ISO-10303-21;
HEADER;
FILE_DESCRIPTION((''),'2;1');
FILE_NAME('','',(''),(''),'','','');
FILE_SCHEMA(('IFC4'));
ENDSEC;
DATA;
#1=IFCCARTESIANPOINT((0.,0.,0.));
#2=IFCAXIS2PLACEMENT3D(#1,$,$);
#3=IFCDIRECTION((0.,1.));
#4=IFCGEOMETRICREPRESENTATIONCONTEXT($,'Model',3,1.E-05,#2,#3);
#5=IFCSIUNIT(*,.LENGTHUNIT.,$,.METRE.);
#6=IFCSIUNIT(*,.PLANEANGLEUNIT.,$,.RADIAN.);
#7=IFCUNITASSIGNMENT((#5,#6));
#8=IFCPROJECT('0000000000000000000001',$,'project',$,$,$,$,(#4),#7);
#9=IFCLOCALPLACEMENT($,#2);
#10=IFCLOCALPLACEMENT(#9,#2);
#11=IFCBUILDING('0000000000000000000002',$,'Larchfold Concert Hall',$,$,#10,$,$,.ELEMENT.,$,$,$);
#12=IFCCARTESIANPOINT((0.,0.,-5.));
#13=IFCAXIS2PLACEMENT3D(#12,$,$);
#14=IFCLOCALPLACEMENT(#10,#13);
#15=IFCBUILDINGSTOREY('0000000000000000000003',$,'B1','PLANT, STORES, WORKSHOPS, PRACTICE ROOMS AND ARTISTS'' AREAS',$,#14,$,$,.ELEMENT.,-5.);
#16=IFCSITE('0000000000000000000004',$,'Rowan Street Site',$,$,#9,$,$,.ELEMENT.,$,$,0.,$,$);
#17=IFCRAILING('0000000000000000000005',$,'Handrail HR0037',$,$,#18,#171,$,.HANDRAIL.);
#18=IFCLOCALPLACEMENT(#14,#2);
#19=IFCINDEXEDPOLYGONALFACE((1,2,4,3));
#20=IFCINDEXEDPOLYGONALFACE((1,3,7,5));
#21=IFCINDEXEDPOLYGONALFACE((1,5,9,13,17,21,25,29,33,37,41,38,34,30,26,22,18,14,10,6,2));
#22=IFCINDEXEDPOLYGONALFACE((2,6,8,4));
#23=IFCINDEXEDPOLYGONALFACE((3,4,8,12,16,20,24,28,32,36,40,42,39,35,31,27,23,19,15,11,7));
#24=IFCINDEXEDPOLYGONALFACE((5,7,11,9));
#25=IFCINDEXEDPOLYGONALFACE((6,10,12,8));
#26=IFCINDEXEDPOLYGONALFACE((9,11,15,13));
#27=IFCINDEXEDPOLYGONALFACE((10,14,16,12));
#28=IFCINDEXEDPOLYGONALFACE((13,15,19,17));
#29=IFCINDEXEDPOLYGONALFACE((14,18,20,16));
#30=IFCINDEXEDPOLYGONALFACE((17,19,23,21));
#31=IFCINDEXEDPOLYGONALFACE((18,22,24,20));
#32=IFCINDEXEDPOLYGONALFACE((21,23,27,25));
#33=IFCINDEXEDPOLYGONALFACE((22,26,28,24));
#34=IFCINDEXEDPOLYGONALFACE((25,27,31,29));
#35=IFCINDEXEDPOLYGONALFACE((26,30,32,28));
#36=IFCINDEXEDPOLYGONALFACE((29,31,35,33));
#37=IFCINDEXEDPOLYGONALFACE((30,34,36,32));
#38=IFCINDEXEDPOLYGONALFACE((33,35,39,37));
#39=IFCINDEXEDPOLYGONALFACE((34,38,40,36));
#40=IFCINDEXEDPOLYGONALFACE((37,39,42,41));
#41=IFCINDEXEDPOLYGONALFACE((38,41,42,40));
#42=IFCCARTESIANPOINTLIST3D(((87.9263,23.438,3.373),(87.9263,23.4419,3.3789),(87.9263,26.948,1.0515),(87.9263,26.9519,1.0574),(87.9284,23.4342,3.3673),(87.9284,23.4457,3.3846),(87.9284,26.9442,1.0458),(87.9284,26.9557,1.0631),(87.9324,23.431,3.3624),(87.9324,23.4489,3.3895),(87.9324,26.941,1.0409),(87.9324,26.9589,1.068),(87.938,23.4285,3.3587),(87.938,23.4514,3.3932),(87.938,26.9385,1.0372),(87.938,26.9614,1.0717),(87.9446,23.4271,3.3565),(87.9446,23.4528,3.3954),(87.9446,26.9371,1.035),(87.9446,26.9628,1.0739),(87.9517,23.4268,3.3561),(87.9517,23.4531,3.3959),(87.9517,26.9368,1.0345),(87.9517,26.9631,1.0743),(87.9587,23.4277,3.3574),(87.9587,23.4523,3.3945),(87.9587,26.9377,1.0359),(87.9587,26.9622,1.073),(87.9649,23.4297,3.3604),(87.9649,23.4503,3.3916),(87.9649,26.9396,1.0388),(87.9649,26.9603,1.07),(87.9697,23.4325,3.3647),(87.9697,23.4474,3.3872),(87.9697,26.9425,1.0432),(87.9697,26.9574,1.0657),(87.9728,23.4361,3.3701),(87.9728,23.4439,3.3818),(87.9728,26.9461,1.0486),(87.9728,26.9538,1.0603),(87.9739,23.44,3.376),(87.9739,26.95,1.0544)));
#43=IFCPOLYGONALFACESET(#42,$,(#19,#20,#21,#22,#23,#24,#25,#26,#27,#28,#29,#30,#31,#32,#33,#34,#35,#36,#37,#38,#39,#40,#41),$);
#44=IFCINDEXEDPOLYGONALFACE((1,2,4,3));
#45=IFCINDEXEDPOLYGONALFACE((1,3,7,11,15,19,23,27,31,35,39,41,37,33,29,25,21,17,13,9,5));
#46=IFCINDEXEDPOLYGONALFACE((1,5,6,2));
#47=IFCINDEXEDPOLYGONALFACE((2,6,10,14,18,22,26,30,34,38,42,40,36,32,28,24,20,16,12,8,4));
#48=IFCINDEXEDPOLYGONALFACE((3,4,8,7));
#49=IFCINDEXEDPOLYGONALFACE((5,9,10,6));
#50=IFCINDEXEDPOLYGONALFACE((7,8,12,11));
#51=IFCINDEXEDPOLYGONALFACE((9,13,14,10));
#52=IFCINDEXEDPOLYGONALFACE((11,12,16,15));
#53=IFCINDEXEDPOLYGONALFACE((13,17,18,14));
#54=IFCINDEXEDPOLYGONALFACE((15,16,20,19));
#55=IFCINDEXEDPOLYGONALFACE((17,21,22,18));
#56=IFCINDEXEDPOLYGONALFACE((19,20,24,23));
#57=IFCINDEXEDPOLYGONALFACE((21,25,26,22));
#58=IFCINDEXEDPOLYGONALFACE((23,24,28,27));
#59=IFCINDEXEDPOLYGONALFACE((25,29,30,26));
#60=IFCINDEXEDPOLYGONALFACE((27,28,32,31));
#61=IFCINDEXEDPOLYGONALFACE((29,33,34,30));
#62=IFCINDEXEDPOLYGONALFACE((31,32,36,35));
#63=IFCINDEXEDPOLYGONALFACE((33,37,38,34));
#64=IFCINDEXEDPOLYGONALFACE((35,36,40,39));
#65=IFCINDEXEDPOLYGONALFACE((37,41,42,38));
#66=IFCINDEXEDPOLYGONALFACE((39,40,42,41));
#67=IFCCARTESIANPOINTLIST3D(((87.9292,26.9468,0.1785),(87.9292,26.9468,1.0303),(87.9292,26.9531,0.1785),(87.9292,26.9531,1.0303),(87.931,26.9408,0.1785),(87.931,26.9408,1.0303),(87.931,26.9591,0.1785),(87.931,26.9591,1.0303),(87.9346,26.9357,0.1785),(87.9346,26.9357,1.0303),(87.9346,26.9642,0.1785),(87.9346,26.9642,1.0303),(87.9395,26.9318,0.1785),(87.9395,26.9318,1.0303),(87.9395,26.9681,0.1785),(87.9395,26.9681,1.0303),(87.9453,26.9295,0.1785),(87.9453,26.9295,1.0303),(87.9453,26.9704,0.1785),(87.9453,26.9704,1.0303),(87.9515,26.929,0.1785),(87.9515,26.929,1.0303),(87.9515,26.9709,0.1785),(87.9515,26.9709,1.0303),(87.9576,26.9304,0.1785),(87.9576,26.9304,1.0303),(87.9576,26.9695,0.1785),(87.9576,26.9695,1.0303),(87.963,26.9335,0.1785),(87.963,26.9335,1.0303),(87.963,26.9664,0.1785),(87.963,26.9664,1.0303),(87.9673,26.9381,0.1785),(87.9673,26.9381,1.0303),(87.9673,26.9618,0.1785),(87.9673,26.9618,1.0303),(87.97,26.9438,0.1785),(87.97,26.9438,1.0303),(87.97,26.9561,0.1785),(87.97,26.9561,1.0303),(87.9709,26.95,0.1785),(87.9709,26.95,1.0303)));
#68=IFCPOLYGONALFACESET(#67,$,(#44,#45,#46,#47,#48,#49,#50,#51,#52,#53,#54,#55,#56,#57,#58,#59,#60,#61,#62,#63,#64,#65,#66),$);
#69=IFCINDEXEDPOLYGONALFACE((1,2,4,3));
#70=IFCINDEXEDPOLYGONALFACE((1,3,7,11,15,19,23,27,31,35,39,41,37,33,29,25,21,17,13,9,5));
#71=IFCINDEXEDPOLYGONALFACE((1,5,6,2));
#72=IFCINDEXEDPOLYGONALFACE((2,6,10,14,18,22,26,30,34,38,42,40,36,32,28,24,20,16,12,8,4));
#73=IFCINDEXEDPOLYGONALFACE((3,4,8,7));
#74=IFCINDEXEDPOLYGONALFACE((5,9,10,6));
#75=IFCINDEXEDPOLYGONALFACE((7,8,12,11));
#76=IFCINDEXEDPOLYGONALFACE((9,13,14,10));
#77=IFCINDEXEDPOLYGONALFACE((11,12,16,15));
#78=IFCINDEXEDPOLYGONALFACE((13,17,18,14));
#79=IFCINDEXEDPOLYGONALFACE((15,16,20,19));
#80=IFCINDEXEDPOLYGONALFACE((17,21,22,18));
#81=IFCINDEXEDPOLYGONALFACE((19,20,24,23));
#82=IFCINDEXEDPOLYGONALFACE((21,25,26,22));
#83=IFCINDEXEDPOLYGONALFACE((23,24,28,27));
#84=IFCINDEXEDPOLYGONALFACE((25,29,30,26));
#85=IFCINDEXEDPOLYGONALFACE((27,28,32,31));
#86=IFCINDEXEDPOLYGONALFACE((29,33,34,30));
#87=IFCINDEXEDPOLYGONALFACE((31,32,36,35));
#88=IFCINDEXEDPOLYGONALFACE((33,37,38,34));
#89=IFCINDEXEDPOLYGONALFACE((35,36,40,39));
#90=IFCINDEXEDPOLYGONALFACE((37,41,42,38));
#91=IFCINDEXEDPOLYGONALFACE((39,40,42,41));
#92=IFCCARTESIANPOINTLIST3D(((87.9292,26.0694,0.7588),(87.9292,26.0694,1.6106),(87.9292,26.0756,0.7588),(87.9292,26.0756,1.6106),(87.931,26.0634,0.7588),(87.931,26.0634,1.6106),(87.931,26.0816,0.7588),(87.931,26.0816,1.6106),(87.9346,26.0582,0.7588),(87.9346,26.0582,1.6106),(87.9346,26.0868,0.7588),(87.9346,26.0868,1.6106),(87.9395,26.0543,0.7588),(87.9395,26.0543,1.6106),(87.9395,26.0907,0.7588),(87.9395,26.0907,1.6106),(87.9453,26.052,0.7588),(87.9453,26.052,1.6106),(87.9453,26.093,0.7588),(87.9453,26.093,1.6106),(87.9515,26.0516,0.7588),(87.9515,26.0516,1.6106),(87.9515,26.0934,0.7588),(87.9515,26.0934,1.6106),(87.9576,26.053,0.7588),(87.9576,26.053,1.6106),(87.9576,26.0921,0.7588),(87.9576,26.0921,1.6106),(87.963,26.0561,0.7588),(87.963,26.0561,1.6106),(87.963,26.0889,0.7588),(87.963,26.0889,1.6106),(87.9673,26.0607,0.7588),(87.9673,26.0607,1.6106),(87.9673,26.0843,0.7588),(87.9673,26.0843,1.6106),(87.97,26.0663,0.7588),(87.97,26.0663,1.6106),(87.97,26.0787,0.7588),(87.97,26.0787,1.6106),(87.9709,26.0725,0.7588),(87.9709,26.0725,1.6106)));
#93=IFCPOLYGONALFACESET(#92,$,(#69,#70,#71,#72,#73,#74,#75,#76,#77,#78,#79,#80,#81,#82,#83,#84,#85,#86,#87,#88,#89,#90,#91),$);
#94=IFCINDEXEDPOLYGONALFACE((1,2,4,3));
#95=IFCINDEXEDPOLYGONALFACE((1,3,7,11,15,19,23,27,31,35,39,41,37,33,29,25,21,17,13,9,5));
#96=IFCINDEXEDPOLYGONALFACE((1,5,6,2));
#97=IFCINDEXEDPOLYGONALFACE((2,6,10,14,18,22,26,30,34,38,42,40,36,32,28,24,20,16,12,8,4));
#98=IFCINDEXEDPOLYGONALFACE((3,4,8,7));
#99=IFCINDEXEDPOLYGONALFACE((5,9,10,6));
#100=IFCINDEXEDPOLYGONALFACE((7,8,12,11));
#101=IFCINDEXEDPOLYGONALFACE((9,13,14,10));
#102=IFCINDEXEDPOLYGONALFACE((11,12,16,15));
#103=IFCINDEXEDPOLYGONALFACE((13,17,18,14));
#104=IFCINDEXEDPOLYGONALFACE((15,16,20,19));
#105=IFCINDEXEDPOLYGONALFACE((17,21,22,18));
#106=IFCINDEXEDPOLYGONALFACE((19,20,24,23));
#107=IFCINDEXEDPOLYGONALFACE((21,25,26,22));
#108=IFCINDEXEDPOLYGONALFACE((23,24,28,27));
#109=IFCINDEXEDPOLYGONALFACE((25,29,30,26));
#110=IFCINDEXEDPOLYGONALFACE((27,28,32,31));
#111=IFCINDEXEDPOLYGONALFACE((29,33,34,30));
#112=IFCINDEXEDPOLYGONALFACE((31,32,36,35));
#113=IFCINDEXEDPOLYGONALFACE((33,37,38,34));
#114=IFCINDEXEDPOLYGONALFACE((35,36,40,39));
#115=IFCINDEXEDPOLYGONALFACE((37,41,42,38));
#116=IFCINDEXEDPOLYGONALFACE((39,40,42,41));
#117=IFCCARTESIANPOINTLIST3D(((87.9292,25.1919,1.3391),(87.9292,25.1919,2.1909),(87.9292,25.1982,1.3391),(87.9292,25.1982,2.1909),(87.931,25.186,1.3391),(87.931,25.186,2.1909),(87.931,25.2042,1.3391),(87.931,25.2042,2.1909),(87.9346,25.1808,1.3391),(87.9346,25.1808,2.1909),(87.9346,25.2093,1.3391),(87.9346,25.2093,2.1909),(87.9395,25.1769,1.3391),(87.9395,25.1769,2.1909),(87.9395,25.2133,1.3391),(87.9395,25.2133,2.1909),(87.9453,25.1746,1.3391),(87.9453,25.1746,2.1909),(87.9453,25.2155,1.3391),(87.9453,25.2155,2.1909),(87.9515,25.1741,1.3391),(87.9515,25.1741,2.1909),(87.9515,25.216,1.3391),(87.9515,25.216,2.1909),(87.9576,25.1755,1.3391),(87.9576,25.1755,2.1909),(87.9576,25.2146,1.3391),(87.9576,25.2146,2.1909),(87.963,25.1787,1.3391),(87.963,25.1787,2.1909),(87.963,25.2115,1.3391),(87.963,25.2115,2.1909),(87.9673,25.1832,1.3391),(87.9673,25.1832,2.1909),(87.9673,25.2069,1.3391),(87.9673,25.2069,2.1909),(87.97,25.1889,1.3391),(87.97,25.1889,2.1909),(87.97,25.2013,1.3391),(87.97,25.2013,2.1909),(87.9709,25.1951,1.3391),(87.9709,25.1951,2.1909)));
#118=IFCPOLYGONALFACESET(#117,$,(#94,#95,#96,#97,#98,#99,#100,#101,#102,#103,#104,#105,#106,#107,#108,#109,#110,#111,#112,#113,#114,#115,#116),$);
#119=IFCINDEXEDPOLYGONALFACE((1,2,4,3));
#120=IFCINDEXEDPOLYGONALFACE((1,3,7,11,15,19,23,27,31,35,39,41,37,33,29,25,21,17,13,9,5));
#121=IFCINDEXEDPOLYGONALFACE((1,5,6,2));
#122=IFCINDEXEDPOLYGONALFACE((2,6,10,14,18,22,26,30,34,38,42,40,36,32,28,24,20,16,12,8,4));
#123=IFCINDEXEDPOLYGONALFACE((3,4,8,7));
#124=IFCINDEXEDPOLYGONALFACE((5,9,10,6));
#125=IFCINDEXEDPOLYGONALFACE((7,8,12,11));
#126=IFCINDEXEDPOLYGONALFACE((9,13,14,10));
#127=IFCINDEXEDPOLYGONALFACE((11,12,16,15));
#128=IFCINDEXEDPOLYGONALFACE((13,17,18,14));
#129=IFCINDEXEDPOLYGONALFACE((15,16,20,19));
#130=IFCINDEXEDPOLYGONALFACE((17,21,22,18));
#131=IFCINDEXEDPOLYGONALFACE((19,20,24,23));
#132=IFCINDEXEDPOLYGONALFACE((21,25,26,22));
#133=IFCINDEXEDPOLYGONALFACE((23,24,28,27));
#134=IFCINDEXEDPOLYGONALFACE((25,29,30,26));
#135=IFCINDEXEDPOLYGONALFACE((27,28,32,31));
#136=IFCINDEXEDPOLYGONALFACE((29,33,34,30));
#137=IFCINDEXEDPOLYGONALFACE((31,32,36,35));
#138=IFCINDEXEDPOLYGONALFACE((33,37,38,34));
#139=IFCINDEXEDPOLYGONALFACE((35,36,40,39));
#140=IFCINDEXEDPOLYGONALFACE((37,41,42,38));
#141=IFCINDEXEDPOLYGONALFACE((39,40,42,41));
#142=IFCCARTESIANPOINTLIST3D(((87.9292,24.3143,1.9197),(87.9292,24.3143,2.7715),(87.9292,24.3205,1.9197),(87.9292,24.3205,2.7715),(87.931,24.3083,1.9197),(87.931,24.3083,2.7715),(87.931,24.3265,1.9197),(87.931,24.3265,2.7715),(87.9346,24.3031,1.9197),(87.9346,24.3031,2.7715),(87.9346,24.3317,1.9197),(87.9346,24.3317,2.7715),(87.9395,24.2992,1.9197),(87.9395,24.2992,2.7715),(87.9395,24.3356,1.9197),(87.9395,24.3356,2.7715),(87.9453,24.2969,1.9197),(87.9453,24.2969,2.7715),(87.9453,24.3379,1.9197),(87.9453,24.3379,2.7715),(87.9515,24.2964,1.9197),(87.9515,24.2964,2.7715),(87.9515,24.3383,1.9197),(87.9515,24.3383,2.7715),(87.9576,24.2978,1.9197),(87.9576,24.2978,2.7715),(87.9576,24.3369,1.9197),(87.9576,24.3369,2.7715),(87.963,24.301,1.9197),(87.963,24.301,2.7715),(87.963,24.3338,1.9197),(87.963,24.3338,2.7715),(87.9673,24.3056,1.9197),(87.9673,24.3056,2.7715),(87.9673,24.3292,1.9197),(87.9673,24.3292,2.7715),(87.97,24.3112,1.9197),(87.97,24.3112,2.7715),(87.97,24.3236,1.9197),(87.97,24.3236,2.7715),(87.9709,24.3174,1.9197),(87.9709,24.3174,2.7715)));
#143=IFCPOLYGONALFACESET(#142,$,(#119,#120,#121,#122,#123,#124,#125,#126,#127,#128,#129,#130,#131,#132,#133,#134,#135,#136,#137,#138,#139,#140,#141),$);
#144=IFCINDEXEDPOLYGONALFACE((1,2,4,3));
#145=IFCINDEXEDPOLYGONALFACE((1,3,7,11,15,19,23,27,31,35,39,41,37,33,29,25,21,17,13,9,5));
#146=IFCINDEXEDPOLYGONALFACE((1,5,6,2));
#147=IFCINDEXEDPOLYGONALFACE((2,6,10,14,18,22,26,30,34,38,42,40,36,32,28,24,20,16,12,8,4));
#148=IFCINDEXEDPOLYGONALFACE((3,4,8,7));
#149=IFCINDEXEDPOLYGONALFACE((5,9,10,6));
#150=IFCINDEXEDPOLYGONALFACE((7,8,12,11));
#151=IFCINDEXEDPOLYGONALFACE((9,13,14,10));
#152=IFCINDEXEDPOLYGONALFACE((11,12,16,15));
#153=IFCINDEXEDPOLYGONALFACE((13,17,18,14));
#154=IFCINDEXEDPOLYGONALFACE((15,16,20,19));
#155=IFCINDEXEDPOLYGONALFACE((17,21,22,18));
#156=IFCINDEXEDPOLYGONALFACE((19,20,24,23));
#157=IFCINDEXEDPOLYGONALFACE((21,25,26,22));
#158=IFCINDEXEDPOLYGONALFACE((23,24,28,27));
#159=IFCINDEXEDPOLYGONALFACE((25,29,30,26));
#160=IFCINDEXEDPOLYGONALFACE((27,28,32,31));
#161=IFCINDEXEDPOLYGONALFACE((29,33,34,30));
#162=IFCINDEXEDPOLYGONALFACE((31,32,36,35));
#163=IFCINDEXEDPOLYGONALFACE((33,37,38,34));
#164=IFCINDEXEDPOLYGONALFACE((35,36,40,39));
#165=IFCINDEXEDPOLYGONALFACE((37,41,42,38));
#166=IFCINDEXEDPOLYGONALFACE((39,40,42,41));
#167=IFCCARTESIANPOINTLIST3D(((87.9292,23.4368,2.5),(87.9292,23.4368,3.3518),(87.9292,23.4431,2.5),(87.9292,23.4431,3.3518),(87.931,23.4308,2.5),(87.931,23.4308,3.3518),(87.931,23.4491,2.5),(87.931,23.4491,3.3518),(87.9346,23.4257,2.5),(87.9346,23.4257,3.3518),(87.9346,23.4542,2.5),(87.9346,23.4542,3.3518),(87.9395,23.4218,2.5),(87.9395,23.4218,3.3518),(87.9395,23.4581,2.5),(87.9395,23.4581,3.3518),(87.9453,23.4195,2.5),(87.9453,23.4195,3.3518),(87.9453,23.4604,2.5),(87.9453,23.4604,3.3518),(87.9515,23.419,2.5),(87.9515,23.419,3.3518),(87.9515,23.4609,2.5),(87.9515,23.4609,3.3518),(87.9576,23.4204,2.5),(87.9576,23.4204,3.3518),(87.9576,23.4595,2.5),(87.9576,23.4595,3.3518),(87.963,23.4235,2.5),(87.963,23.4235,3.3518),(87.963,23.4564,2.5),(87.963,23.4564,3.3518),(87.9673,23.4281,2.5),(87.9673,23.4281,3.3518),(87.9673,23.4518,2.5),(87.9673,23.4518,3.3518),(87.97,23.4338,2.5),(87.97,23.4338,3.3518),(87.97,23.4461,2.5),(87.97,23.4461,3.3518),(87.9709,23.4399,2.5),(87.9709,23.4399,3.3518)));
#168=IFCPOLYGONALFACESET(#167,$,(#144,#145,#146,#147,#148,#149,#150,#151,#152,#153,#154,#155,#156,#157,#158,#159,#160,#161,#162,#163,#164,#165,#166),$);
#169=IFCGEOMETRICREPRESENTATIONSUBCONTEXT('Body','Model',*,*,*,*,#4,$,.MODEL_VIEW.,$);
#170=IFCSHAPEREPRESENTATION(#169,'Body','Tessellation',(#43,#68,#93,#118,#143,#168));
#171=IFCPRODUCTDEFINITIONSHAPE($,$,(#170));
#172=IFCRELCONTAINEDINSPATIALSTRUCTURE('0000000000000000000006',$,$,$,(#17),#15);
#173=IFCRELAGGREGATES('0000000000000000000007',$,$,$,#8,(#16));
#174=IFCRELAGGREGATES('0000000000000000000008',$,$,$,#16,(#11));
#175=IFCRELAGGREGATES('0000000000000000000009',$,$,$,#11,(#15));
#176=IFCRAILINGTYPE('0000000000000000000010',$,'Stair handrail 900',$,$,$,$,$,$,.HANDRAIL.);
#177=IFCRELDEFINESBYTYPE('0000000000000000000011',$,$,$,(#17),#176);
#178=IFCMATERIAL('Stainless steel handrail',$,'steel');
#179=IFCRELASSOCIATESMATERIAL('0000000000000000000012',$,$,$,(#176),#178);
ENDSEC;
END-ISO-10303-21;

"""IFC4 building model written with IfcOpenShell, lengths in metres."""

from ifc_helpers import new_model, si_unit, direction, frame, origin, origin_2d, place, context, subcontext, project, spatial, circle, extrude, material, type_object, element, save


model = new_model("IFC4")

# Units and contexts
model_context = context("Model", 3, precision=1e-05, world=origin(), true_north=direction((0.0, 1.0)))
body_context = subcontext(model_context, "Body", "Model", "MODEL_VIEW")
ifc_project = project(units=[si_unit("LENGTHUNIT", "METRE"), si_unit("PLANEANGLEUNIT", "RADIAN")], contexts=[model_context])

# Site, building, storey
site_placement = place(None, origin())
site = spatial("IfcSite", under=ifc_project, at=site_placement, Name="Rowan Street Site", CompositionType="ELEMENT", RefElevation=0.0)
building_placement = place(site_placement, origin())
building = spatial("IfcBuilding", under=site, at=building_placement, Name="Larchfold Concert Hall", CompositionType="ELEMENT")
storey_placement = place(building_placement, frame((0.0, 0.0, -5.0)))
storey = spatial("IfcBuildingStorey", under=building, at=storey_placement, Name="B1", Description="PLANT, STORES, WORKSHOPS, PRACTICE ROOMS AND ARTISTS' AREAS", CompositionType="ELEMENT", Elevation=-5.0)

# Railing
ifc_material_1 = material(Name="Stainless steel handrail", Category="steel")
railing_type_1 = type_object("IfcRailingType", Name="Stair handrail 900", PredefinedType="HANDRAIL", material=ifc_material_1)
for number, where, name in (
    (1, (87.95, 26.95, 0.1785), "Handrail HR0037"),
):
    element("IfcRailing", number, at=place(storey_placement, frame(where)), inside=storey, type_object=railing_type_1, Name=name, PredefinedType="HANDRAIL", context=body_context, shape_type="SweptSolid", body=[
        extrude(circle(Radius=0.0239, at=origin_2d()), frame((0.0, 0.0, 0.876), z_axis=(0.0, -0.834071, 0.551657), x_axis=(1.0, 0.0, 0.0)), (0.0, 0.0, 1.0), 4.2083),
        extrude(circle(Radius=0.021, at=origin_2d()), origin(), (0.0, 0.0, 1.0), 0.8518),
        extrude(circle(Radius=0.021, at=origin_2d()), frame((0.0, -0.8774, 0.5803)), (0.0, 0.0, 1.0), 0.8518),
        extrude(circle(Radius=0.021, at=origin_2d()), frame((0.0, -1.7549, 1.1606)), (0.0, 0.0, 1.0), 0.8518),
        extrude(circle(Radius=0.021, at=origin_2d()), frame((0.0, -2.6326, 1.7412)), (0.0, 0.0, 1.0), 0.8518),
        extrude(circle(Radius=0.021, at=origin_2d()), frame((0.0, -3.51, 2.3215)), (0.0, 0.0, 1.0), 0.8518),
    ])

save(model, "model.ifc")
